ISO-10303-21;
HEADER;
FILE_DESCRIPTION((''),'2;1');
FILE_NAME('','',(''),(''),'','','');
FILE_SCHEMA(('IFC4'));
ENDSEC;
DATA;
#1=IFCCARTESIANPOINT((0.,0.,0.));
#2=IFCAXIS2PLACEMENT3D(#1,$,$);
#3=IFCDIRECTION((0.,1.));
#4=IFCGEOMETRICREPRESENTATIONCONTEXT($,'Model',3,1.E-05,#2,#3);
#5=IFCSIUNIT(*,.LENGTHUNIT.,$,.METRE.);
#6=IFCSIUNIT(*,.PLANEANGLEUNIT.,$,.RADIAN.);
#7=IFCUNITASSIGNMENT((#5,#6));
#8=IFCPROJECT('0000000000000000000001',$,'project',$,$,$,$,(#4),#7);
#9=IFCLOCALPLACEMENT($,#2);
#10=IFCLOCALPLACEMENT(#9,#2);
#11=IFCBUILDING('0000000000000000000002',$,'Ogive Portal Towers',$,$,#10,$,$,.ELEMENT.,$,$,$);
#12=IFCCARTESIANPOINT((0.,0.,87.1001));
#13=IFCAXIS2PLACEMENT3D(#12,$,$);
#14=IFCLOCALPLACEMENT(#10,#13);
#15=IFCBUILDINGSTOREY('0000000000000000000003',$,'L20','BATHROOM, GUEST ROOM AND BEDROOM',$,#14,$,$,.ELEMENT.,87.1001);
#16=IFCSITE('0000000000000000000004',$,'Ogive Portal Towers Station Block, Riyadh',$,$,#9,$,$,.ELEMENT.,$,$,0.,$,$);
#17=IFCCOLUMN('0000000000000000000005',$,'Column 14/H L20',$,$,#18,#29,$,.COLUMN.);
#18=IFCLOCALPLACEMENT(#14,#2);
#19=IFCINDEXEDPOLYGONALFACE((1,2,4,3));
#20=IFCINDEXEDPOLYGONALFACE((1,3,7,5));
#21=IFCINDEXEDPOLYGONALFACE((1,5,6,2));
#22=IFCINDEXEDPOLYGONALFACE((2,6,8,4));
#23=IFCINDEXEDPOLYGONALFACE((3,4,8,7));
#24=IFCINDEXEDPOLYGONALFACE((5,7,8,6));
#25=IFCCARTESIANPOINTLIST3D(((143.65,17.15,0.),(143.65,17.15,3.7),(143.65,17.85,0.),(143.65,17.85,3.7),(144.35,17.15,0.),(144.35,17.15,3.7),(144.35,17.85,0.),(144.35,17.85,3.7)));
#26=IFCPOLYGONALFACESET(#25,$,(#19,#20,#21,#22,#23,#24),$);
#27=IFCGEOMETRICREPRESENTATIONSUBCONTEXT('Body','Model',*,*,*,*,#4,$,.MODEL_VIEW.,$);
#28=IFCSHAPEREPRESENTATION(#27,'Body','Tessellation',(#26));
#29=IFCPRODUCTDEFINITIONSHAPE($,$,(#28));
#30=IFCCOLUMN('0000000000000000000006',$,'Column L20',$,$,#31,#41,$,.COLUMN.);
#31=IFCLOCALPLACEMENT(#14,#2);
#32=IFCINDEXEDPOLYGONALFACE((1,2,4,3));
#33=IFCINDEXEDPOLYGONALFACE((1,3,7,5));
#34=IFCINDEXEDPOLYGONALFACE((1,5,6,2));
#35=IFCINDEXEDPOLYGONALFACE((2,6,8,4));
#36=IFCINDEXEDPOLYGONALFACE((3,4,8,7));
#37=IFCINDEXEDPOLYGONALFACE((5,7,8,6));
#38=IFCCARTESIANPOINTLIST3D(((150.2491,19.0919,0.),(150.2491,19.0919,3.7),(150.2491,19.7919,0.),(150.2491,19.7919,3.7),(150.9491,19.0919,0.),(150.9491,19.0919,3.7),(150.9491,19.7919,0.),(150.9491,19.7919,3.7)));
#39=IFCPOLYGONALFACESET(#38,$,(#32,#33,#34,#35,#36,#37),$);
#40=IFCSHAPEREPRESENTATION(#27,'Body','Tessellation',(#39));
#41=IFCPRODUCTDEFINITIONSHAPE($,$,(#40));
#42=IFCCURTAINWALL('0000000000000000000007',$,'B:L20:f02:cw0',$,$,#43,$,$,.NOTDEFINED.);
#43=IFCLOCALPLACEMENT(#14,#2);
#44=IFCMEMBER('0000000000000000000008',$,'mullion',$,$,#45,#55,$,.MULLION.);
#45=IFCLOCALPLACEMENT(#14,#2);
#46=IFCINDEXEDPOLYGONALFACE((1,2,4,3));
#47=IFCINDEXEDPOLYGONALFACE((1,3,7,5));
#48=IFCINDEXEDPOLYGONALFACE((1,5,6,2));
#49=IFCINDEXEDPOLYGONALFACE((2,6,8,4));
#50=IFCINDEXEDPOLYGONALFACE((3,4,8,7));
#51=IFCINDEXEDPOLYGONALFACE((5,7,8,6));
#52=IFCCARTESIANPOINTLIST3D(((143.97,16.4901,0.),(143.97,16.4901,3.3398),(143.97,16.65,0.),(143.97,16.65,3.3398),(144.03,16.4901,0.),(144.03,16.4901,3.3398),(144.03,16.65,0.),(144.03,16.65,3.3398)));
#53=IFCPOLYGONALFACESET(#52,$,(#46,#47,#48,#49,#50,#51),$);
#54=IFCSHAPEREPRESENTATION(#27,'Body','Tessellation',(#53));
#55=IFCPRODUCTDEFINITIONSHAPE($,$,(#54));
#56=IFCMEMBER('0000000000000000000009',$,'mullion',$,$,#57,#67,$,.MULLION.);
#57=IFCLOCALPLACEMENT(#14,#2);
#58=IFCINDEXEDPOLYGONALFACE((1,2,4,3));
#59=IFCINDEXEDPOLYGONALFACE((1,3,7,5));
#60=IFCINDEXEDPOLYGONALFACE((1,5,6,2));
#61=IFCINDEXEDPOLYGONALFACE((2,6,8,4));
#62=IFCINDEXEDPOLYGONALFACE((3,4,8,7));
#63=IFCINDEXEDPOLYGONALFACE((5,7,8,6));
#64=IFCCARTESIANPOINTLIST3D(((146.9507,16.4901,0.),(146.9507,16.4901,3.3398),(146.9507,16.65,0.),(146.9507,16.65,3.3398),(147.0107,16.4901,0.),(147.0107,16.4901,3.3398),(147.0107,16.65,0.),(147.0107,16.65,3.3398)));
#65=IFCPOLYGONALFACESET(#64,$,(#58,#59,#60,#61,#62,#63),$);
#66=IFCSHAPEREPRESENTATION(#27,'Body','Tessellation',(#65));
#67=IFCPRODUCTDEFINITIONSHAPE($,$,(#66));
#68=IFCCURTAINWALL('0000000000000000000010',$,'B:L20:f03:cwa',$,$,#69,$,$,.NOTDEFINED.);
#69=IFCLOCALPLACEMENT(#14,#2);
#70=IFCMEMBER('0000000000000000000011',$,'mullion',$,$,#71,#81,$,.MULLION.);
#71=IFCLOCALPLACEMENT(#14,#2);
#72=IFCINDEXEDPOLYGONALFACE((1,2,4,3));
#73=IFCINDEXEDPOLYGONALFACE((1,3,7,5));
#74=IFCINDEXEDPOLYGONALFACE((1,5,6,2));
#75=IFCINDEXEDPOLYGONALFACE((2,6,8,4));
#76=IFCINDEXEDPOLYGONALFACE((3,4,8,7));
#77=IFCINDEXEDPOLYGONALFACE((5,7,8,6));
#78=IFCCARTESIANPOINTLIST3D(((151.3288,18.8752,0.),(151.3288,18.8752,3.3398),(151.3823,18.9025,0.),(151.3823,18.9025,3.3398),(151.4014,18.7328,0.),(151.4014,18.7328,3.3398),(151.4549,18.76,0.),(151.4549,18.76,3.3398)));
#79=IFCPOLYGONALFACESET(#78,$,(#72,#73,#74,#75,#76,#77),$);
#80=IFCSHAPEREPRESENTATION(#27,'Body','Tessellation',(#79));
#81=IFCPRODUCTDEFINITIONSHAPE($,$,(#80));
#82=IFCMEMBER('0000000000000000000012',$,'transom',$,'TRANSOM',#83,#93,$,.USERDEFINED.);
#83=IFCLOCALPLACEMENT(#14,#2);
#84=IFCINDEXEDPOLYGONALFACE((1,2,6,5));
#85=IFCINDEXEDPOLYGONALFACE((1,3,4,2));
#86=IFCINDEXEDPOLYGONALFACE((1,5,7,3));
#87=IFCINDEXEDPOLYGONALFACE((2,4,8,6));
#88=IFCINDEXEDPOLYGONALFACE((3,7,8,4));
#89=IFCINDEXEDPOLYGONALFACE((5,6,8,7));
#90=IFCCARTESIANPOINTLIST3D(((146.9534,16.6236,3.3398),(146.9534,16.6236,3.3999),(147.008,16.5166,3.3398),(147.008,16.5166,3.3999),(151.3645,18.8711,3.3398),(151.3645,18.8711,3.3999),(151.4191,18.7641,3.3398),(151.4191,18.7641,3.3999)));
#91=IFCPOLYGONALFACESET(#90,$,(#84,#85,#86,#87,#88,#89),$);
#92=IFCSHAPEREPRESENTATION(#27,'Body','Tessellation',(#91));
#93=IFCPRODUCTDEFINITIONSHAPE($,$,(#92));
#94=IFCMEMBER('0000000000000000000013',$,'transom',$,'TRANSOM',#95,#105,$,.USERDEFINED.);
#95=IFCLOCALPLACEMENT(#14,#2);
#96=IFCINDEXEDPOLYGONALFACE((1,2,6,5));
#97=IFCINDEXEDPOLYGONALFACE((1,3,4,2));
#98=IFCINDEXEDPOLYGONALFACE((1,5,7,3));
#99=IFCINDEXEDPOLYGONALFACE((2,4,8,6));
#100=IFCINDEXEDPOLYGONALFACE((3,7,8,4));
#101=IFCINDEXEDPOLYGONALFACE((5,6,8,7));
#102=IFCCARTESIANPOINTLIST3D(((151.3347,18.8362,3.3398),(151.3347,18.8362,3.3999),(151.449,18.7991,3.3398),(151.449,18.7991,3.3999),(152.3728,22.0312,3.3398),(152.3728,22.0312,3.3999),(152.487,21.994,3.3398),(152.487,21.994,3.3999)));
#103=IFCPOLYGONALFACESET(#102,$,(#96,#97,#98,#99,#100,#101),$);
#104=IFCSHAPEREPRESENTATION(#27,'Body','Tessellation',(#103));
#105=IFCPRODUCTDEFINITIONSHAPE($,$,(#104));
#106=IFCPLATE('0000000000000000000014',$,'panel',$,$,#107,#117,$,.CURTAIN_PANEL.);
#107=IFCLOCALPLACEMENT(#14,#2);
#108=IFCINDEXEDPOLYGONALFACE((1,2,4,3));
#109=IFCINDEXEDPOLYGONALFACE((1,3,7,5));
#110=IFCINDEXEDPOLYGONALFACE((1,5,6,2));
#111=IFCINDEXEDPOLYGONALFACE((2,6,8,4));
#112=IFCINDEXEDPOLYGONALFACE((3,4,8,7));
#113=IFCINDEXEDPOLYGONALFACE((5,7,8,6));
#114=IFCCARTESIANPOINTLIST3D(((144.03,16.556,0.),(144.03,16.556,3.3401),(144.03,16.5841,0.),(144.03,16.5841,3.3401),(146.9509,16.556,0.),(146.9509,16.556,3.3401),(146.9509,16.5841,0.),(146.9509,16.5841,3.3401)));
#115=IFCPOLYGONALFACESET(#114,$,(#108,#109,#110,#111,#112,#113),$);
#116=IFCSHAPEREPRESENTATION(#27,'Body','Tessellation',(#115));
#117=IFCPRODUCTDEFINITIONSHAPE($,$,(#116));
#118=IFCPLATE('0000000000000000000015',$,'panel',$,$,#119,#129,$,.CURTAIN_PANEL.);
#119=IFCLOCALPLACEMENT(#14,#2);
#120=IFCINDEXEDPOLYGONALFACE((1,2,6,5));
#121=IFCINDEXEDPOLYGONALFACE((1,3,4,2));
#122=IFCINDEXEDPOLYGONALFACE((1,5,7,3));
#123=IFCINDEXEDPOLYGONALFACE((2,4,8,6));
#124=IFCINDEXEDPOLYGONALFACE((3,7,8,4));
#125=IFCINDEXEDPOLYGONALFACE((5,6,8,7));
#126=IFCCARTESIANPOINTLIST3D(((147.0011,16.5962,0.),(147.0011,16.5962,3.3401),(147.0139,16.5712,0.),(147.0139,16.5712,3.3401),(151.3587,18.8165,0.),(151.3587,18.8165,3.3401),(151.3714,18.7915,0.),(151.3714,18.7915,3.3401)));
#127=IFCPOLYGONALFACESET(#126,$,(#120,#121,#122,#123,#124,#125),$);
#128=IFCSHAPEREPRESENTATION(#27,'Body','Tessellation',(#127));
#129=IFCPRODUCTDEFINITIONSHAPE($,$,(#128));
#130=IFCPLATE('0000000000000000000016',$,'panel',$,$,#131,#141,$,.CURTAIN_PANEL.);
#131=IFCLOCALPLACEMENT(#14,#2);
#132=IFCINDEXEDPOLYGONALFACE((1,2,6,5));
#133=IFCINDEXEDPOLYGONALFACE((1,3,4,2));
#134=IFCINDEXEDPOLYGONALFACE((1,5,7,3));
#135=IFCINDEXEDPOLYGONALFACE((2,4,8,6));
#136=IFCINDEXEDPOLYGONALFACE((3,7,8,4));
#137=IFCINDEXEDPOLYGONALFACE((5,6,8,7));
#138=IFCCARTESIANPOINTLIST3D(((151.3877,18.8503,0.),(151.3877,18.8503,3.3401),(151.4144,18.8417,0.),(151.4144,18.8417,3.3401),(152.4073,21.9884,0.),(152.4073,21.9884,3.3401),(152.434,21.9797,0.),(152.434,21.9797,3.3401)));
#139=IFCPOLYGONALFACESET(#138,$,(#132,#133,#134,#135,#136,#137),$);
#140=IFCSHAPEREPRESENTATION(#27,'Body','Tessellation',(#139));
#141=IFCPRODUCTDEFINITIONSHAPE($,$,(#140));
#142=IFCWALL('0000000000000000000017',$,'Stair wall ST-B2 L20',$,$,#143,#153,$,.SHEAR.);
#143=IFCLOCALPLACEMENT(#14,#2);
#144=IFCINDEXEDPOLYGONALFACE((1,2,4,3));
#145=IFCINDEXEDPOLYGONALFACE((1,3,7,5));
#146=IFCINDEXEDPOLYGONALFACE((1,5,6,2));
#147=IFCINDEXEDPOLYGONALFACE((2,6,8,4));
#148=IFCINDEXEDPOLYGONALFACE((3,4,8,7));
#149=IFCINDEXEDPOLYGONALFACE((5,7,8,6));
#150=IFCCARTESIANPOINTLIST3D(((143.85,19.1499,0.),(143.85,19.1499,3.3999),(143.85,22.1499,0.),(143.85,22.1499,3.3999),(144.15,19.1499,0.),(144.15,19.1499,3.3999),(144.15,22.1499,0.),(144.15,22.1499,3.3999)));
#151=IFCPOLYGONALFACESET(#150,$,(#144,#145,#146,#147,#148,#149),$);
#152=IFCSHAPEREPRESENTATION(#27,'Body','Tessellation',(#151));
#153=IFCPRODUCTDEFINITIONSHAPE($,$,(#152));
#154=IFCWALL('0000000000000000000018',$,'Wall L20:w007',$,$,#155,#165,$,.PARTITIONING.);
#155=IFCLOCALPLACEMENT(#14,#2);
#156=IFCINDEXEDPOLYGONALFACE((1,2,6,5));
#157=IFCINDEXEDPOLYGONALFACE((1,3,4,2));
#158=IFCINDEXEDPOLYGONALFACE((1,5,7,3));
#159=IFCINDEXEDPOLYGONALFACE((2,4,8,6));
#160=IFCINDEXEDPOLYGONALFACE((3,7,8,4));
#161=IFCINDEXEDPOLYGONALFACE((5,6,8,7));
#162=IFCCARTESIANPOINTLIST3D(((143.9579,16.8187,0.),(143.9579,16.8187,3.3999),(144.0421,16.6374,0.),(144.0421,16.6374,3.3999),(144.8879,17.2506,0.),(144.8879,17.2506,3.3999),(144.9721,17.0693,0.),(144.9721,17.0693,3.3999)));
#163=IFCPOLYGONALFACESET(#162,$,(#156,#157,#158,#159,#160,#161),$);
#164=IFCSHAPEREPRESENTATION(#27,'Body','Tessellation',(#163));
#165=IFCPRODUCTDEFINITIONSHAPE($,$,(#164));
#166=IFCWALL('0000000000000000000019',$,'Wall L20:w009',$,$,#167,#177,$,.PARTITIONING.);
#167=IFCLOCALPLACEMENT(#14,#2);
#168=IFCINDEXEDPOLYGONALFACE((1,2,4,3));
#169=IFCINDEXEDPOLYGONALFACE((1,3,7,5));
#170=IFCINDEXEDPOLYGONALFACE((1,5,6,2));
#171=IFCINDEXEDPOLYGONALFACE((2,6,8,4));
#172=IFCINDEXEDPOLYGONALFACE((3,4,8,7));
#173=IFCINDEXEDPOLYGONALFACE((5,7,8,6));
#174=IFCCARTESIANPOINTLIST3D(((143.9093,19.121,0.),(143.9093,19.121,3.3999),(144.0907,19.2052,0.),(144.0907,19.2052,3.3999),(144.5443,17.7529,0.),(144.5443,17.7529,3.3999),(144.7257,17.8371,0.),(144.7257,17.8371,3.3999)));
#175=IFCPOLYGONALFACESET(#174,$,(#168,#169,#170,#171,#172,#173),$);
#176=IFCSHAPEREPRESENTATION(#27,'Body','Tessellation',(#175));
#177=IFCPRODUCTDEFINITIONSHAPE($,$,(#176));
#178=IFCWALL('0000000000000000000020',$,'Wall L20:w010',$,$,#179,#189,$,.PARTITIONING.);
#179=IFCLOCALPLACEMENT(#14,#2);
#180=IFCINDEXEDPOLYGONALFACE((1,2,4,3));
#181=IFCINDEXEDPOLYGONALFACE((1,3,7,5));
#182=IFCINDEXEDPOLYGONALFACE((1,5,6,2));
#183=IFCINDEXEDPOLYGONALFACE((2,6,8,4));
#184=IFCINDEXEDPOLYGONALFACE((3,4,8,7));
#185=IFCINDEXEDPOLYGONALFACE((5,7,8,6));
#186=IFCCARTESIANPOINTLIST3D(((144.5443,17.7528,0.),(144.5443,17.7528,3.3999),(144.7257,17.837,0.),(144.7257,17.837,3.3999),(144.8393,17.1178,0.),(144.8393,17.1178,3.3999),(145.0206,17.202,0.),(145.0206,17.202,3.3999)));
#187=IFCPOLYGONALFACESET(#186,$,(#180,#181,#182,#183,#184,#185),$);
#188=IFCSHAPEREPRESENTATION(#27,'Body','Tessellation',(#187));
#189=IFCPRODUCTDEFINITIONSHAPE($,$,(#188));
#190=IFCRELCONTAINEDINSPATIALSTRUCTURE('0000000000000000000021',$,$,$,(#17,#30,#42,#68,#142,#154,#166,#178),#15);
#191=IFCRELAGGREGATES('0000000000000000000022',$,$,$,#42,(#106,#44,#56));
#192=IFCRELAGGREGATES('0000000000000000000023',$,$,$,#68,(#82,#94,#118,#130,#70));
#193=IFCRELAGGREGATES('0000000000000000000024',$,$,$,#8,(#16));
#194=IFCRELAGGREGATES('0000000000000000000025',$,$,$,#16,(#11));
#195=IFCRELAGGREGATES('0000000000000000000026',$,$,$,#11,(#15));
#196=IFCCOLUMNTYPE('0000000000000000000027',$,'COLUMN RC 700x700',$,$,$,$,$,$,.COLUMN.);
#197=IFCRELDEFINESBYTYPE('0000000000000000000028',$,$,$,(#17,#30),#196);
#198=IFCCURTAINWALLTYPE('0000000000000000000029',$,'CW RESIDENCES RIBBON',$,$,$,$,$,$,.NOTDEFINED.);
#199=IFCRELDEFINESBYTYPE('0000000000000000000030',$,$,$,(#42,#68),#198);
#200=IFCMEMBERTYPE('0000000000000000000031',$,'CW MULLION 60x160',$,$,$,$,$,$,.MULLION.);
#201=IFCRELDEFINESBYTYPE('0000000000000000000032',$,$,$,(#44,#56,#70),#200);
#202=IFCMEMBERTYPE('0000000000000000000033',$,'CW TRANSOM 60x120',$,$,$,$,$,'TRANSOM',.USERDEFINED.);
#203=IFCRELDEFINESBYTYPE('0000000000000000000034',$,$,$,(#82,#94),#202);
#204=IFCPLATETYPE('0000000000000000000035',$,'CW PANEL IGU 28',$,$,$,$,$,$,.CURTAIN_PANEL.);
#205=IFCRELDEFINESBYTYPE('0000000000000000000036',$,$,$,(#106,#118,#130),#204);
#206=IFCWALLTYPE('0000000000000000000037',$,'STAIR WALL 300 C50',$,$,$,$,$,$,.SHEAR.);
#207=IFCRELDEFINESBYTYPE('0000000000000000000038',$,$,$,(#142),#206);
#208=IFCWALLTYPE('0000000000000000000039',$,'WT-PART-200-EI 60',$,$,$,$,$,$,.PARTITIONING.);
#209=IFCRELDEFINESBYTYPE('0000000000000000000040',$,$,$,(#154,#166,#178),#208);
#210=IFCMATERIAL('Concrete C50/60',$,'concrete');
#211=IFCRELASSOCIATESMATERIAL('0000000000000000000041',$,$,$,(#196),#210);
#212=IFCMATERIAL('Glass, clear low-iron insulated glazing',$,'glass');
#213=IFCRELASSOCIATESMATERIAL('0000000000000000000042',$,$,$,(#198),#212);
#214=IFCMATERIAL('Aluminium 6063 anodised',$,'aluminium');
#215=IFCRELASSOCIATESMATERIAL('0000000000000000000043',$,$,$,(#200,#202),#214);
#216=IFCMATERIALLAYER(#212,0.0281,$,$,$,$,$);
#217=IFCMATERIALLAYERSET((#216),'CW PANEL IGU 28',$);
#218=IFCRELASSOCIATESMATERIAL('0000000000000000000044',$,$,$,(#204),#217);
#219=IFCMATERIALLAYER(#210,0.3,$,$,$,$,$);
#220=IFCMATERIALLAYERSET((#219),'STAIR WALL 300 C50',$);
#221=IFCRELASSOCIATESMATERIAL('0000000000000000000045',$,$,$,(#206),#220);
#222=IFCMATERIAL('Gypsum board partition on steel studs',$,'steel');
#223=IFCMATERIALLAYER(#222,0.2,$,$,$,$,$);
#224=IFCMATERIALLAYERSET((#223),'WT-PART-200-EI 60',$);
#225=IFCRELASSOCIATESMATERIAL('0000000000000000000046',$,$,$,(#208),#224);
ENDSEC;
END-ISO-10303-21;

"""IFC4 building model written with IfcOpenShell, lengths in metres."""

from ifc_helpers import new_model, si_unit, direction, frame, frame_2d, origin, origin_2d, place, context, subcontext, project, spatial, rectangle, extrude, material, layer, layer_set, material_profile, profile_set, type_object, element, aggregate, save


model = new_model("IFC4")

# Units and contexts
model_context = context("Model", 3, precision=1e-05, world=origin(), true_north=direction((0.0, 1.0)))
body_context = subcontext(model_context, "Body", "Model", "MODEL_VIEW")
ifc_project = project(units=[si_unit("LENGTHUNIT", "METRE"), si_unit("PLANEANGLEUNIT", "RADIAN")], contexts=[model_context])

# Site, building, storey
site_placement = place(None, origin())
site = spatial("IfcSite", under=ifc_project, at=site_placement, Name="Ogive Portal Towers Station Block, Riyadh", CompositionType="ELEMENT", RefElevation=0.0)
building_placement = place(site_placement, origin())
building = spatial("IfcBuilding", under=site, at=building_placement, Name="Ogive Portal Towers", CompositionType="ELEMENT")
storey_placement = place(building_placement, frame((0.0, 0.0, 87.1001)))
storey = spatial("IfcBuildingStorey", under=building, at=storey_placement, Name="L20", Description="BATHROOM, GUEST ROOM AND BEDROOM", CompositionType="ELEMENT", Elevation=87.1001)

# Columns
ifc_material_1 = material(Name="Concrete C50/60", Category="concrete")
ifc_material_profile_1 = material_profile(ifc_material_1, rectangle(XDim=0.7, YDim=0.7, at=origin_2d()), Name="RC 700x700")
ifc_profile_set_1 = profile_set([ifc_material_profile_1], Name="Concrete C50/60")
column_type = type_object("IfcColumnType", Name="COLUMN RC 700x700", PredefinedType="COLUMN", material=ifc_profile_set_1)
for number, where, z_axis, x_axis, name in (
    (1, (144.0, 17.5, 0.0), (0.0, 0.0, 1.0), (1.0, 0.0, 0.0), "Column 14/H L20"),
    (2, (150.5991, 19.4419, 0.0), (0.0, 0.0, 1.0), (1.0, 0.0, 0.0), "Column L20"),
):
    element("IfcColumn", number, at=place(storey_placement, frame(where, z_axis=z_axis, x_axis=x_axis)), inside=storey, type_object=column_type, Name=name, PredefinedType="COLUMN", context=body_context, shape_type="SweptSolid", body=[
        extrude(rectangle(XDim=0.7, YDim=0.7, at=origin_2d()), origin(), (0.0, 0.0, 1.0), 3.7),
    ])

# Curtain walls, members
ifc_material_2 = material(Name="Glass, clear low-iron insulated glazing", Category="glass")
curtain_wall_type = type_object("IfcCurtainWallType", Name="CW RESIDENCES RIBBON", PredefinedType="NOTDEFINED", material=ifc_material_2)
curtain_wall_1_placement = place(storey_placement, origin())
curtain_wall_1 = element("IfcCurtainWall", 3, at=curtain_wall_1_placement, inside=storey, type_object=curtain_wall_type, Name="B:L20:f02:cw0", PredefinedType="NOTDEFINED")
ifc_material_3 = material(Name="Aluminium 6063 anodised", Category="aluminium")
ifc_material_profile_2 = material_profile(ifc_material_3, rectangle(XDim=0.1599, YDim=0.0601, at=origin_2d()), Name="AL 60x160")
ifc_profile_set_2 = profile_set([ifc_material_profile_2], Name="Aluminium 6063 anodised")
member_type_1 = type_object("IfcMemberType", Name="CW MULLION 60x160", PredefinedType="MULLION", material=ifc_profile_set_2)
member_1_placement = place(storey_placement, frame((144.0, 16.5701, 0.0), z_axis=(0.0, 0.0, 1.0), x_axis=(0.0, 1.0, 0.0)))
member_1 = element("IfcMember", 4, at=member_1_placement, type_object=member_type_1, Name="mullion", PredefinedType="MULLION", context=body_context, shape_type="SweptSolid", body=[
    extrude(rectangle(XDim=0.1599, YDim=0.0601, at=origin_2d()), origin(), (0.0, 0.0, 1.0), 3.3398),
])
member_2_placement = place(storey_placement, frame((146.9807, 16.5701, 0.0), z_axis=(0.0, 0.0, 1.0), x_axis=(0.0, 1.0, 0.0)))
member_2 = element("IfcMember", 5, at=member_2_placement, type_object=member_type_1, Name="mullion", PredefinedType="MULLION", context=body_context, shape_type="SweptSolid", body=[
    extrude(rectangle(XDim=0.1599, YDim=0.0601, at=origin_2d()), origin(), (0.0, 0.0, 1.0), 3.3398),
])
curtain_wall_2_placement = place(storey_placement, origin())
curtain_wall_2 = element("IfcCurtainWall", 6, at=curtain_wall_2_placement, inside=storey, type_object=curtain_wall_type, Name="B:L20:f03:cwa", PredefinedType="NOTDEFINED")
member_3_placement = place(storey_placement, frame((151.3918, 18.8176, 0.0), z_axis=(0.0, 0.0, 1.0), x_axis=(-0.45399, 0.891007, 0.0)))
member_3 = element("IfcMember", 7, at=member_3_placement, type_object=member_type_1, Name="mullion", PredefinedType="MULLION", context=body_context, shape_type="SweptSolid", body=[
    extrude(rectangle(XDim=0.1599, YDim=0.0601, at=origin_2d()), origin(), (0.0, 0.0, 1.0), 3.3398),
])
ifc_material_profile_3 = material_profile(ifc_material_3, rectangle(XDim=0.1201, YDim=0.0601, at=origin_2d()), Name="AL 120x60")
ifc_profile_set_3 = profile_set([ifc_material_profile_3], Name="Aluminium 6063 anodised")
member_type_2 = type_object("IfcMemberType", Name="CW TRANSOM 60x120", ElementType="TRANSOM", PredefinedType="USERDEFINED", material=ifc_profile_set_3)
member_4_placement = place(storey_placement, frame((146.9807, 16.5701, 3.3699), z_axis=(0.891009, 0.453986, 0.0), x_axis=(-0.453986, 0.891009, 0.0)))
member_4 = element("IfcMember", 8, at=member_4_placement, type_object=member_type_2, Name="transom", ObjectType="TRANSOM", PredefinedType="USERDEFINED", context=body_context, shape_type="SweptSolid", body=[
    extrude(rectangle(XDim=0.1201, YDim=0.0601, at=origin_2d()), origin(), (0.0, 0.0, 1.0), 4.9507),
])
member_5_placement = place(storey_placement, frame((151.3918, 18.8176, 3.3699), z_axis=(0.309002, 0.951061, 0.0), x_axis=(-0.951061, 0.309002, 0.0)))
member_5 = element("IfcMember", 9, at=member_5_placement, type_object=member_type_2, Name="transom", ObjectType="TRANSOM", PredefinedType="USERDEFINED", context=body_context, shape_type="SweptSolid", body=[
    extrude(rectangle(XDim=0.1201, YDim=0.0601, at=origin_2d()), origin(), (0.0, 0.0, 1.0), 3.3594),
])

# Plates
ifc_layer_1 = layer(ifc_material_2, 0.0281)
ifc_layer_set_1 = layer_set([ifc_layer_1], Name="CW PANEL IGU 28")
plate_type = type_object("IfcPlateType", Name="CW PANEL IGU 28", PredefinedType="CURTAIN_PANEL", material=ifc_layer_set_1)
plate_1_placement = place(storey_placement, frame((145.4905, 16.5701, 0.0), z_axis=(0.0, 0.0, 1.0), x_axis=(1.0, 0.0, 0.0)))
plate_1 = element("IfcPlate", 10, at=plate_1_placement, type_object=plate_type, Name="panel", PredefinedType="CURTAIN_PANEL", context=body_context, shape_type="SweptSolid", body=[
    extrude(rectangle(XDim=2.9209, YDim=0.0281, at=origin_2d()), origin(), (0.0, 0.0, 1.0), 3.3401),
])
aggregate(curtain_wall_1, [plate_1, member_1, member_2])
plate_2_placement = place(storey_placement, frame((149.1863, 17.6938, 0.0), z_axis=(0.0, 0.0, 1.0), x_axis=(0.891007, 0.45399, 0.0)))
plate_2 = element("IfcPlate", 11, at=plate_2_placement, type_object=plate_type, Name="panel", PredefinedType="CURTAIN_PANEL", context=body_context, shape_type="SweptSolid", body=[
    extrude(rectangle(XDim=4.8906, YDim=0.0281, at=origin_2d()), origin(), (0.0, 0.0, 1.0), 3.3401),
])
plate_3_placement = place(storey_placement, frame((151.9109, 20.415, 0.0), z_axis=(0.0, 0.0, 1.0), x_axis=(0.309017, 0.951057, 0.0)))
plate_3 = element("IfcPlate", 12, at=plate_3_placement, type_object=plate_type, Name="panel", PredefinedType="CURTAIN_PANEL", context=body_context, shape_type="SweptSolid", body=[
    extrude(rectangle(XDim=3.2996, YDim=0.0281, at=origin_2d()), origin(), (0.0, 0.0, 1.0), 3.3401),
])
aggregate(curtain_wall_2, [member_4, member_5, plate_2, plate_3, member_3])

# Walls
ifc_layer_2 = layer(ifc_material_1, 0.3)
ifc_layer_set_2 = layer_set([ifc_layer_2], Name="STAIR WALL 300 C50")
wall_type_1 = type_object("IfcWallType", Name="STAIR WALL 300 C50", PredefinedType="SHEAR", material=ifc_layer_set_2)
wall_1_placement = place(storey_placement, frame((144.0, 19.1499, 0.0), z_axis=(0.0, 0.0, 1.0), x_axis=(0.0, 1.0, 0.0)))
element("IfcWall", 13, at=wall_1_placement, inside=storey, type_object=wall_type_1, Name="Stair wall ST-B2 L20", PredefinedType="SHEAR", context=body_context, shape_type="SweptSolid", body=[
    extrude(rectangle(XDim=3.0, YDim=0.3, at=frame_2d((1.5, 0.0))), origin(), (0.0, 0.0, 1.0), 3.3999),
])
ifc_material_4 = material(Name="Gypsum board partition on steel studs", Category="steel")
ifc_layer_3 = layer(ifc_material_4, 0.2)
ifc_layer_set_3 = layer_set([ifc_layer_3], Name="WT-PART-200-EI 60")
wall_type_2 = type_object("IfcWallType", Name="WT-PART-200-EI 60", PredefinedType="PARTITIONING", material=ifc_layer_set_3)
wall_2_placement = place(storey_placement, frame((144.0, 16.728, 0.0), z_axis=(0.0, 0.0, 1.0), x_axis=(0.90696, 0.421216, 0.0)))
element("IfcWall", 14, at=wall_2_placement, inside=storey, type_object=wall_type_2, Name="Wall L20:w007", PredefinedType="PARTITIONING", context=body_context, shape_type="SweptSolid", body=[
    extrude(rectangle(XDim=1.0254, YDim=0.2, at=frame_2d((0.5127, 0.0))), origin(), (0.0, 0.0, 1.0), 3.3999),
])
wall_3_placement = place(storey_placement, frame((144.0, 19.1631, 0.0), z_axis=(0.0, 0.0, 1.0), x_axis=(0.420997, -0.907062, 0.0)))
element("IfcWall", 15, at=wall_3_placement, inside=storey, type_object=wall_type_2, Name="Wall L20:w009", PredefinedType="PARTITIONING", context=body_context, shape_type="SweptSolid", body=[
    extrude(rectangle(XDim=1.5083, YDim=0.2, at=frame_2d((0.7542, 0.0))), origin(), (0.0, 0.0, 1.0), 3.3999),
])
wall_4_placement = place(storey_placement, frame((144.635, 17.7949, 0.0), z_axis=(0.0, 0.0, 1.0), x_axis=(0.421224, -0.906957, 0.0)))
element("IfcWall", 16, at=wall_4_placement, inside=storey, type_object=wall_type_2, Name="Wall L20:w010", PredefinedType="PARTITIONING", context=body_context, shape_type="SweptSolid", body=[
    extrude(rectangle(XDim=0.7002, YDim=0.2, at=frame_2d((0.3501, 0.0))), origin(), (0.0, 0.0, 1.0), 3.3999),
])

save(model, "model.ifc")
